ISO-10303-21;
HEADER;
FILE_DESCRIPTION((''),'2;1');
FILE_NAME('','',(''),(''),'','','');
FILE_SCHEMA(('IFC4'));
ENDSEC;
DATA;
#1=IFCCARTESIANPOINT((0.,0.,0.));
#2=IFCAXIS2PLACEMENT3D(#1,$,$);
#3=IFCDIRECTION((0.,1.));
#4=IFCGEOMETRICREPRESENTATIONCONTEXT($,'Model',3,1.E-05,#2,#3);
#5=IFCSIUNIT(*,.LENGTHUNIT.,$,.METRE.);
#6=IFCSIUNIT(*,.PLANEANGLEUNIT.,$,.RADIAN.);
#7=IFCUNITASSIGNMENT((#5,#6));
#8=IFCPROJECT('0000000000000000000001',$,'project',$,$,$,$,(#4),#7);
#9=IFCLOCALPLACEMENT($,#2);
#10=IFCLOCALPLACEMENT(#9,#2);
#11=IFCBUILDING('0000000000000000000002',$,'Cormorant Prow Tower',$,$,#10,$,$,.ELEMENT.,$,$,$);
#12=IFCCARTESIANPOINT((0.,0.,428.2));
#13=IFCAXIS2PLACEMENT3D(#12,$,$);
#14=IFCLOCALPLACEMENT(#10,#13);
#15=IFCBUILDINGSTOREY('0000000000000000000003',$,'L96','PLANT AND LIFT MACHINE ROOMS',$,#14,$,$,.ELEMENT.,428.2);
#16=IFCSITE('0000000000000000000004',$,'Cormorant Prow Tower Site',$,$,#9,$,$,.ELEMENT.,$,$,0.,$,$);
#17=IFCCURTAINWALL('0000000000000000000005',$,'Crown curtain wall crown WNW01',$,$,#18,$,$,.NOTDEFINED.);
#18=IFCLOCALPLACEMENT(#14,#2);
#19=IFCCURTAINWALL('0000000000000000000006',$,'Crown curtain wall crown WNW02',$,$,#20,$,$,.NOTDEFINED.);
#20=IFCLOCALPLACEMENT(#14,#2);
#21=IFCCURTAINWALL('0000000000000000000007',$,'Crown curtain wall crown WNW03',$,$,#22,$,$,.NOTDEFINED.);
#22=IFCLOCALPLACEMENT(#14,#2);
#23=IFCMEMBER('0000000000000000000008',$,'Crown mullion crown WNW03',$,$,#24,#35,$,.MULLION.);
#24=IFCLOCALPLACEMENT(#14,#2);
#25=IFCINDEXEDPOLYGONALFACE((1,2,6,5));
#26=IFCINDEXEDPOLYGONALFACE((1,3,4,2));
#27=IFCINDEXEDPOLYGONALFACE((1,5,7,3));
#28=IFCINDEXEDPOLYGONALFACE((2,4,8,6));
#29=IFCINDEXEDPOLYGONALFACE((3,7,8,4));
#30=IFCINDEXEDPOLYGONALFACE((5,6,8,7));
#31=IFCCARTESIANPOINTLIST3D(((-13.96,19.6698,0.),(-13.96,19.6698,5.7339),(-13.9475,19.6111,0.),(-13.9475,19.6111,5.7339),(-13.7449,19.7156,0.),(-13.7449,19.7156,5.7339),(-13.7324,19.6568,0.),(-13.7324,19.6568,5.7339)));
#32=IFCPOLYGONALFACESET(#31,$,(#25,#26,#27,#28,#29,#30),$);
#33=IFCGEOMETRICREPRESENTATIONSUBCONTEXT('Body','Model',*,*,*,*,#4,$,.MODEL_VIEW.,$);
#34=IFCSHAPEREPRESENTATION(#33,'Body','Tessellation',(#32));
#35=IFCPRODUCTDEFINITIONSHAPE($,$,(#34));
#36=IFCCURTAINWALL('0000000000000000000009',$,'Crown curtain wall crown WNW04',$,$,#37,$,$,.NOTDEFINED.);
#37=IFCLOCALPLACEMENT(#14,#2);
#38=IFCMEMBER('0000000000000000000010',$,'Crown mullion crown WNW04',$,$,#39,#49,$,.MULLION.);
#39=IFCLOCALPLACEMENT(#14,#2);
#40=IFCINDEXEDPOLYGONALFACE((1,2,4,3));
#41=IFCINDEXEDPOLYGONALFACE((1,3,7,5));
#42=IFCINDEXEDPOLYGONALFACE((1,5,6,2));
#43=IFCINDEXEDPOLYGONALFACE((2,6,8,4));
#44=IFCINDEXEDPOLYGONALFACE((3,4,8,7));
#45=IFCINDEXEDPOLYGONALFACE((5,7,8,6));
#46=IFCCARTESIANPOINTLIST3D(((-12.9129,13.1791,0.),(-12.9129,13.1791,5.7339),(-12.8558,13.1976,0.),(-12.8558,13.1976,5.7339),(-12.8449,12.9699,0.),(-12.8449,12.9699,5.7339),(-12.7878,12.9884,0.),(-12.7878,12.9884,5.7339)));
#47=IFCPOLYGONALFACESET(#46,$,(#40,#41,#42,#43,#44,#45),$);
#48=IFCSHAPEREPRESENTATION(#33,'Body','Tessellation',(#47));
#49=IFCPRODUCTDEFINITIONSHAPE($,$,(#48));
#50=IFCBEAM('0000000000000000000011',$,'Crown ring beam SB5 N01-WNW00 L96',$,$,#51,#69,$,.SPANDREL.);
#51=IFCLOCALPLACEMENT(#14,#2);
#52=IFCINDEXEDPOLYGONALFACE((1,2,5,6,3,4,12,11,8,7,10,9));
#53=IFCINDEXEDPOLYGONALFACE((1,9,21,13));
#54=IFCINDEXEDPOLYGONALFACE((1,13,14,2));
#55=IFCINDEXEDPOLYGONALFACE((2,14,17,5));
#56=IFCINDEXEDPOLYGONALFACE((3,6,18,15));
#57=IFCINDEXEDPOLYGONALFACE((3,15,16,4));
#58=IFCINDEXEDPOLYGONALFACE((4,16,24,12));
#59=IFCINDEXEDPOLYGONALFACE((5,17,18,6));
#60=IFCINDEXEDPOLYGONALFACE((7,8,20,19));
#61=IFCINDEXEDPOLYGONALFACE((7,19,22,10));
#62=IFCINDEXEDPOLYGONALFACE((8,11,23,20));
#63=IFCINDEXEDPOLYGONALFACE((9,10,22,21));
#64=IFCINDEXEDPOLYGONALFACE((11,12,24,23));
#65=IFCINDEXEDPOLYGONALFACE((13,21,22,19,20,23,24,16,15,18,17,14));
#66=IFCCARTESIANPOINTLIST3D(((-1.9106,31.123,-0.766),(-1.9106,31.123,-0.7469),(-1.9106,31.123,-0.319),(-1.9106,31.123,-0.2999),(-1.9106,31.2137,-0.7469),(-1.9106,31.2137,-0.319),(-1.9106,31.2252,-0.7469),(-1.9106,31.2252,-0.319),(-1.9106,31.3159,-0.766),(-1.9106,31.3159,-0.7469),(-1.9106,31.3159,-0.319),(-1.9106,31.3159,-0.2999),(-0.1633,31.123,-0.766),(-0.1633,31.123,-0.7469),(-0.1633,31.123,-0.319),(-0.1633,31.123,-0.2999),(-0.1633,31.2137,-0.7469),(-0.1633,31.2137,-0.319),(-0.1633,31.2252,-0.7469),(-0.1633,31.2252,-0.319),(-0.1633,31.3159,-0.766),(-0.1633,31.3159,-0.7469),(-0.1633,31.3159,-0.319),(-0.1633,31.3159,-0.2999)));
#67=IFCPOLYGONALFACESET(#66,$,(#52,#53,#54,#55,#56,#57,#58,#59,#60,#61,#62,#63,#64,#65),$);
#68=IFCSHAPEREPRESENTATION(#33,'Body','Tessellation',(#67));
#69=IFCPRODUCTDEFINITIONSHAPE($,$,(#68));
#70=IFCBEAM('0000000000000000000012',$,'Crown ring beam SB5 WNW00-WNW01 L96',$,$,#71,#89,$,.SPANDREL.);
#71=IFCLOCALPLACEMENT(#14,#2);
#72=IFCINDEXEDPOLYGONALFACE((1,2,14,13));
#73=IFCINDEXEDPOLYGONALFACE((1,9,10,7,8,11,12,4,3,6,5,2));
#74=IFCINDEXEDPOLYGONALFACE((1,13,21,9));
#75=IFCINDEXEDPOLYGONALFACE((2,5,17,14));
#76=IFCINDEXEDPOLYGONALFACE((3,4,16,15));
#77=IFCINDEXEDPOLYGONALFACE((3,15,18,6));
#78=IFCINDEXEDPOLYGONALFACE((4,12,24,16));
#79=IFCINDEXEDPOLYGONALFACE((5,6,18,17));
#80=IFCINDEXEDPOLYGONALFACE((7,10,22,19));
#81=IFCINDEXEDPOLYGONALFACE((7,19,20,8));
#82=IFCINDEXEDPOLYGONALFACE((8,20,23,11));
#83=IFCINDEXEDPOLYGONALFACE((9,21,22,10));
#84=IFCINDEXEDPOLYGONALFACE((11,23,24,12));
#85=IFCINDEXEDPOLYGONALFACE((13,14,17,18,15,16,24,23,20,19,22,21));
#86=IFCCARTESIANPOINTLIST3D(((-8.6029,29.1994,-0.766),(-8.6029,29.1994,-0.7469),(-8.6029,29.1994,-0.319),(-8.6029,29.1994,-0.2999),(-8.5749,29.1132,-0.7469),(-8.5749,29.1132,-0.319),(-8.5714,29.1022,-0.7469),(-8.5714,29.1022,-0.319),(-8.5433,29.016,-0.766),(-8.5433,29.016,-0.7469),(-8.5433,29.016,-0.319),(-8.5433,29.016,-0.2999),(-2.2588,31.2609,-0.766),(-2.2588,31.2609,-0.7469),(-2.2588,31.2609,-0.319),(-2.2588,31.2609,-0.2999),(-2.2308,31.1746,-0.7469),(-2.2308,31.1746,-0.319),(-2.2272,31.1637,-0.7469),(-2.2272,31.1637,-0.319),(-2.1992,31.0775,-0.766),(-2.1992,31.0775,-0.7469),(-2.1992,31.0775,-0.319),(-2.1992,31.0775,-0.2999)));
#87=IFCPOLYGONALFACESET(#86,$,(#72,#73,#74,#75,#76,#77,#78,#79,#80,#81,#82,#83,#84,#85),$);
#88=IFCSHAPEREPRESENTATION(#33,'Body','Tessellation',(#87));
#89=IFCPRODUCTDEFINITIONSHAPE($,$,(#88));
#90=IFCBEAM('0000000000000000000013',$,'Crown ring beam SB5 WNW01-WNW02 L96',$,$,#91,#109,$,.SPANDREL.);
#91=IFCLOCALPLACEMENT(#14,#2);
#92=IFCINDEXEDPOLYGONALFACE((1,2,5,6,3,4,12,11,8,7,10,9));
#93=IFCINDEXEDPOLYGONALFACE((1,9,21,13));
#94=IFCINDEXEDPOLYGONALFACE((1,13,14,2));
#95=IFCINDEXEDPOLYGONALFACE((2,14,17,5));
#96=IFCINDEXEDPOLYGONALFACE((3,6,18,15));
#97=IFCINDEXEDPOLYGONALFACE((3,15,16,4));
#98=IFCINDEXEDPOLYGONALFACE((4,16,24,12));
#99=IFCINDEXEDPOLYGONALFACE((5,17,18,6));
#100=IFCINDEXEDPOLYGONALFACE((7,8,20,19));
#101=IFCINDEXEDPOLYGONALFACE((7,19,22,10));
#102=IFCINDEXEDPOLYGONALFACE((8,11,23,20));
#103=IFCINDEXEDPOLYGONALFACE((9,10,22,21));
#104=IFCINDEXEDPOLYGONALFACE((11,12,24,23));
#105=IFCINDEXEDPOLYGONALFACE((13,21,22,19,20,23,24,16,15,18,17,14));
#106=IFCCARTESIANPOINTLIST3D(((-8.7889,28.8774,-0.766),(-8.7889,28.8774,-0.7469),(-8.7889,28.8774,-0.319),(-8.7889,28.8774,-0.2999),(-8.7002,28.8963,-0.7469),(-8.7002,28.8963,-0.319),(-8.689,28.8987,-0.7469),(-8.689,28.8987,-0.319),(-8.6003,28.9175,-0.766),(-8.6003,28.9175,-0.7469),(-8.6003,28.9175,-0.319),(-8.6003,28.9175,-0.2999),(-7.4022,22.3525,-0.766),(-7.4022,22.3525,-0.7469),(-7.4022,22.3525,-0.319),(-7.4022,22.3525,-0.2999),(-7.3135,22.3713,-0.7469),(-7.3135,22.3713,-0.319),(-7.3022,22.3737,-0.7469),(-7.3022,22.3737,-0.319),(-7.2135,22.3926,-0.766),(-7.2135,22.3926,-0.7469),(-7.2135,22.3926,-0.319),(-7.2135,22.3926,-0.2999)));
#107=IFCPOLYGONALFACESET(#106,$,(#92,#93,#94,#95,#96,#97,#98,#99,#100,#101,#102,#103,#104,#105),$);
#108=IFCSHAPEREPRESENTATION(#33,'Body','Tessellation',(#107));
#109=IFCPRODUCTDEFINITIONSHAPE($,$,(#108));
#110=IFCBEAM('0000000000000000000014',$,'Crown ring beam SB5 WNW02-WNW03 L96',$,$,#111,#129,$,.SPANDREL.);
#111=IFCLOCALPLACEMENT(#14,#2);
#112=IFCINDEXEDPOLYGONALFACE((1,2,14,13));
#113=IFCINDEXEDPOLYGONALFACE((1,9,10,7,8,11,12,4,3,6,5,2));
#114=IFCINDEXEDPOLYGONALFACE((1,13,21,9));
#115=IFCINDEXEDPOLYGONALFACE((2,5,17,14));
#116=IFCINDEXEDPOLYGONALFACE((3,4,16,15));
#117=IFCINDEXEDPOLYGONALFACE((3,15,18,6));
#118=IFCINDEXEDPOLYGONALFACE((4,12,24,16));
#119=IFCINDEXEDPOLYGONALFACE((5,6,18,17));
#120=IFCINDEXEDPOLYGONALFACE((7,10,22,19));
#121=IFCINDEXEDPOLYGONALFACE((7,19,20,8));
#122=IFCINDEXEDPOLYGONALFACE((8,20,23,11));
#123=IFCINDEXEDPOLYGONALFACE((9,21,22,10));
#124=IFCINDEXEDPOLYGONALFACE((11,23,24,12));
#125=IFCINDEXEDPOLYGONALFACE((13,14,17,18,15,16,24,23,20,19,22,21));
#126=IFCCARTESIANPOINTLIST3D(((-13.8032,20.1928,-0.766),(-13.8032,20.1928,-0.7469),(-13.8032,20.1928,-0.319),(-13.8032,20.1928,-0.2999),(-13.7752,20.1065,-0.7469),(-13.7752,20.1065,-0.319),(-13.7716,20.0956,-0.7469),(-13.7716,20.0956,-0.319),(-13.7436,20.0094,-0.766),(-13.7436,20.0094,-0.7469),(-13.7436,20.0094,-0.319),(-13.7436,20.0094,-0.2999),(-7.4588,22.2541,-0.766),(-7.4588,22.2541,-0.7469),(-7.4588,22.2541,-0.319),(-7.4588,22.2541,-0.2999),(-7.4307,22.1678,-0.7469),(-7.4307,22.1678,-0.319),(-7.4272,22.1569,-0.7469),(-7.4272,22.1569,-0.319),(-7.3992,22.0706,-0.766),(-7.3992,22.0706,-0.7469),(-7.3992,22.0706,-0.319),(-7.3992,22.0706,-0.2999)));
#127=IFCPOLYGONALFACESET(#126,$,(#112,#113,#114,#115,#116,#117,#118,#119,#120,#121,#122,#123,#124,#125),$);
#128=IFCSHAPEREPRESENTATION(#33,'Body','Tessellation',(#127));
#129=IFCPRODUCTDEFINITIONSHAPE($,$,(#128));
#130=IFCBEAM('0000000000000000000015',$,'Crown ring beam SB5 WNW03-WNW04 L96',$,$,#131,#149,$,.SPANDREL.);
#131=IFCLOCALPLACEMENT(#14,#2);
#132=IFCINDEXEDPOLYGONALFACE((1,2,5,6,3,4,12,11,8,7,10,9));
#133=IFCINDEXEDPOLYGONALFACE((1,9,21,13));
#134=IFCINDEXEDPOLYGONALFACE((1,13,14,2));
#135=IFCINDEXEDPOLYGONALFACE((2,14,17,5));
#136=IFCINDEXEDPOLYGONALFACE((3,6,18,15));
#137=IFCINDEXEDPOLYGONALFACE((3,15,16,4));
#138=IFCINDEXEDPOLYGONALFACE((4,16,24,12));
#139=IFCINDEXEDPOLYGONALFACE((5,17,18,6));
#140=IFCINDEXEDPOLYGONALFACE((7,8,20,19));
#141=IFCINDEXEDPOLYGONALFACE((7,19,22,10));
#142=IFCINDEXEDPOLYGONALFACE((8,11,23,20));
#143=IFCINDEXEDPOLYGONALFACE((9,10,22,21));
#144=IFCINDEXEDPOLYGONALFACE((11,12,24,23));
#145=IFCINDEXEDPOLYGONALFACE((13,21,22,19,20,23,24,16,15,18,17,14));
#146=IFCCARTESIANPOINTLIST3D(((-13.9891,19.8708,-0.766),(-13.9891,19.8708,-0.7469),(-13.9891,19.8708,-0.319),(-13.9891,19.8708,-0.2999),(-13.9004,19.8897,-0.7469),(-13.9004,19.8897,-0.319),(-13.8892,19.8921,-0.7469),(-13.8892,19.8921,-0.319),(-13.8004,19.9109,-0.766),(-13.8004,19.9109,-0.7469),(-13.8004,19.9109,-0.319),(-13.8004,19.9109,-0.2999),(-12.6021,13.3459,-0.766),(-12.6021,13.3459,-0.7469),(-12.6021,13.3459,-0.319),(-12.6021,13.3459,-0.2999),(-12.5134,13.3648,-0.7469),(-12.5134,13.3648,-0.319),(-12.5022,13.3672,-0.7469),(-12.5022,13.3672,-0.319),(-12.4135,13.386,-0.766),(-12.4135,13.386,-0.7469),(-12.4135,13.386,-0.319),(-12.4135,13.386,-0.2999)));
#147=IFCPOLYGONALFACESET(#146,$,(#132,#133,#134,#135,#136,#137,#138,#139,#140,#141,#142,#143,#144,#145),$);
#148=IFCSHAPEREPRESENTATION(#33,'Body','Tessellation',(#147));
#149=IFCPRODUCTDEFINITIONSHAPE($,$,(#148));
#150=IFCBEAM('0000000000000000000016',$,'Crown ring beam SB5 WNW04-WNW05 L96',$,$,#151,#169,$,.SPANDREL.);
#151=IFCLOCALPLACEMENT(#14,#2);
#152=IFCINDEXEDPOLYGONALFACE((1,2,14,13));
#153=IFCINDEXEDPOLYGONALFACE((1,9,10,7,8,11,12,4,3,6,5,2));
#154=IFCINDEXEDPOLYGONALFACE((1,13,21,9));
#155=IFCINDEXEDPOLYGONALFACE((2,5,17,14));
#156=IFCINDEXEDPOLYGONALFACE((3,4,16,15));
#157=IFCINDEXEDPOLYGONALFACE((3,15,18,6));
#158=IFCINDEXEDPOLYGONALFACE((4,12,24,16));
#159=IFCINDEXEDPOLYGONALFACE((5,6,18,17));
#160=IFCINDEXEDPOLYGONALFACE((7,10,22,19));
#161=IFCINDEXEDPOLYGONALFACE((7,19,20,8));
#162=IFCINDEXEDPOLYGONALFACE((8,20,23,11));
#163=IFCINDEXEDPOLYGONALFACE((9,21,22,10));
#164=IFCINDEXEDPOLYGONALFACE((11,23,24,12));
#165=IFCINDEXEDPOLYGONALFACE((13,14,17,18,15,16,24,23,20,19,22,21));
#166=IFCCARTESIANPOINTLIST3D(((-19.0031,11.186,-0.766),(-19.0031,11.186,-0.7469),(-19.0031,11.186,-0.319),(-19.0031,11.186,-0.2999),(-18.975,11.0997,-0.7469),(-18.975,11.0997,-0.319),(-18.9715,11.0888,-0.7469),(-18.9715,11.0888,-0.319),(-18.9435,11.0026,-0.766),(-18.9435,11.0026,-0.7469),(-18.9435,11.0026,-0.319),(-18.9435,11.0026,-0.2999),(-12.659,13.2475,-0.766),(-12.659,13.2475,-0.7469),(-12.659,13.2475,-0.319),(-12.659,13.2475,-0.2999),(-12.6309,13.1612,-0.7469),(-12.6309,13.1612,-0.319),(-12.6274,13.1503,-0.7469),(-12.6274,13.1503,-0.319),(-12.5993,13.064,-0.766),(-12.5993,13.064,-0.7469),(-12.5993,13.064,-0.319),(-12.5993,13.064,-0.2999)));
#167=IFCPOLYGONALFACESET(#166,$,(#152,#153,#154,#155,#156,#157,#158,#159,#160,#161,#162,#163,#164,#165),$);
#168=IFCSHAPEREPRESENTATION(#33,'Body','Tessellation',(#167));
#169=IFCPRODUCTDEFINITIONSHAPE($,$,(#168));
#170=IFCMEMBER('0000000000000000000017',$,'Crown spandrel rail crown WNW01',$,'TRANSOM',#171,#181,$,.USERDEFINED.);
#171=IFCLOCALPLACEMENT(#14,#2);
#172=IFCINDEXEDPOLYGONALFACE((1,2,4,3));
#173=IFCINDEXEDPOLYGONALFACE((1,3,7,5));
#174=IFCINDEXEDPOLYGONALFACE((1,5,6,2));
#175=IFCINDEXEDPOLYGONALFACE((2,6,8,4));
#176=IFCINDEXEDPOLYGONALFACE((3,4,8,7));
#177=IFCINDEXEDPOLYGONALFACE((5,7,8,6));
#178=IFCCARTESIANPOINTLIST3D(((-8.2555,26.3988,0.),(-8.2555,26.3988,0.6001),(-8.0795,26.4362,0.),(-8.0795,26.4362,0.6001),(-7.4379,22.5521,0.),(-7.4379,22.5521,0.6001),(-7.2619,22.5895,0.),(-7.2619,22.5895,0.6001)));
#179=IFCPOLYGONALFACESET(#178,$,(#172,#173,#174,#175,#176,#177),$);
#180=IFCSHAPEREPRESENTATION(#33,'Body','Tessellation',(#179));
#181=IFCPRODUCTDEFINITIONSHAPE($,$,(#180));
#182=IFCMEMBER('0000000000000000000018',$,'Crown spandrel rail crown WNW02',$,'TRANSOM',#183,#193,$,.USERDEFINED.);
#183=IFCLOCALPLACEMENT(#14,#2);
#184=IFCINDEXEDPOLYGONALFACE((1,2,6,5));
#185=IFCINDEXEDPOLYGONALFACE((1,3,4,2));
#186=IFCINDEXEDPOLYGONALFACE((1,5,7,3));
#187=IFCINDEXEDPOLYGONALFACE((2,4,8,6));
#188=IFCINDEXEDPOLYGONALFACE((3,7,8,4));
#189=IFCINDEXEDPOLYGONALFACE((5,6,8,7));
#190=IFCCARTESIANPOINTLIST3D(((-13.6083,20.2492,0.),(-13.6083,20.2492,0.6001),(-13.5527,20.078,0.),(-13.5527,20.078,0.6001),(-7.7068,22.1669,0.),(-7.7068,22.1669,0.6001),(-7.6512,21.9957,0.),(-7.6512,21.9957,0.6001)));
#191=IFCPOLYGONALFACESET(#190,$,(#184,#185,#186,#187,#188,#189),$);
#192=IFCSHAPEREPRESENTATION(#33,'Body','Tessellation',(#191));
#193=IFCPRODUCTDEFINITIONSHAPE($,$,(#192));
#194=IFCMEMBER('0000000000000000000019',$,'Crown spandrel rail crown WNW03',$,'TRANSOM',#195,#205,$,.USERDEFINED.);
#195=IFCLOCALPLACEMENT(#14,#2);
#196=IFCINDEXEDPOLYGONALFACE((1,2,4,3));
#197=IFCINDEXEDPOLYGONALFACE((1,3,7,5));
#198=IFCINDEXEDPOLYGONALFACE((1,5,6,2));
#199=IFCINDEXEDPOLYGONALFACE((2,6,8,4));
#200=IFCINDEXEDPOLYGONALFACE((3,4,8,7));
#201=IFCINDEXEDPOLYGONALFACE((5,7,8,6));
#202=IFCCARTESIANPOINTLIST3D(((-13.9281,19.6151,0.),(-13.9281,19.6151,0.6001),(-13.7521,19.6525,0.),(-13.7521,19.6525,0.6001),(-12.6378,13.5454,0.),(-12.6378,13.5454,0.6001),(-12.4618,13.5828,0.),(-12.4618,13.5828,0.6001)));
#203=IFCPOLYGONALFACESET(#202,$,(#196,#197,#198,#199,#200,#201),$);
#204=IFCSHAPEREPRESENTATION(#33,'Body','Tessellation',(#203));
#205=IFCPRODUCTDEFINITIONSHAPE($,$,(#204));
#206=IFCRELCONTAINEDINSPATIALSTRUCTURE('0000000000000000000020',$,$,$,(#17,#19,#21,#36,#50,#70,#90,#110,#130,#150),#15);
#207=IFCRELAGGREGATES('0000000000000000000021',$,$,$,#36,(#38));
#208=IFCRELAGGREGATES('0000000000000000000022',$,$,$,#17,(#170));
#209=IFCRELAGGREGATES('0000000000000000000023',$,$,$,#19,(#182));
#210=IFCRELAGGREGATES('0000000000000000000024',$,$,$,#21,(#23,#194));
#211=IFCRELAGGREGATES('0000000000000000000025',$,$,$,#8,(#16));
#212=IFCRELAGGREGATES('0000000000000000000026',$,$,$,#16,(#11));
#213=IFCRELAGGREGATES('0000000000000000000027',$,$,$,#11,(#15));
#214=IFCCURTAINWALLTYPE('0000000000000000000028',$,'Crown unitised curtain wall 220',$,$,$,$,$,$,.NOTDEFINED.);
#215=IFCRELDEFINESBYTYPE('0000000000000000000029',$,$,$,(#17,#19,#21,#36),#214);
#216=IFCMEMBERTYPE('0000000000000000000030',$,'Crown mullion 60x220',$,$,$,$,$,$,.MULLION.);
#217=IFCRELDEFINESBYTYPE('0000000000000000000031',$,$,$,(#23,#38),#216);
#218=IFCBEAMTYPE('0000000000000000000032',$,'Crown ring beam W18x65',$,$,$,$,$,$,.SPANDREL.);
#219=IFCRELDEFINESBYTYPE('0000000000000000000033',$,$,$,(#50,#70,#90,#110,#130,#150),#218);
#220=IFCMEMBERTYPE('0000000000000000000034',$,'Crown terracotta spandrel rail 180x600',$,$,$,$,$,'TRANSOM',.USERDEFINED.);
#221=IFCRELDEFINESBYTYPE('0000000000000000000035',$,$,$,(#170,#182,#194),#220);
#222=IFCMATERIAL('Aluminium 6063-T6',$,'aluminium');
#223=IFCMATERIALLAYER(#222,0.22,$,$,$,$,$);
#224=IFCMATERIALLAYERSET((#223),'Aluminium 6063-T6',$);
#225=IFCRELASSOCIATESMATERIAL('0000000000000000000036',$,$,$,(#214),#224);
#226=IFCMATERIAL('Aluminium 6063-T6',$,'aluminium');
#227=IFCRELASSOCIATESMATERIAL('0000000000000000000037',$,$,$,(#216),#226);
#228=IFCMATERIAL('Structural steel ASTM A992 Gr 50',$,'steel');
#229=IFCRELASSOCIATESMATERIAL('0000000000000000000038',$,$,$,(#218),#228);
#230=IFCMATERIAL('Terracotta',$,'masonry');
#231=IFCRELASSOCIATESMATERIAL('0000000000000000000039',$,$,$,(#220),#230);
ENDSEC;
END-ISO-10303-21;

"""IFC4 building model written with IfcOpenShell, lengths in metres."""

from ifc_helpers import new_model, si_unit, direction, frame, origin, origin_2d, place, context, subcontext, project, spatial, rectangle, i_section, extrude, material, layer, layer_set, material_profile, profile_set, type_object, element, aggregate, save


model = new_model("IFC4")

# Units and contexts
model_context = context("Model", 3, precision=1e-05, world=origin(), true_north=direction((0.0, 1.0)))
body_context = subcontext(model_context, "Body", "Model", "MODEL_VIEW")
ifc_project = project(units=[si_unit("LENGTHUNIT", "METRE"), si_unit("PLANEANGLEUNIT", "RADIAN")], contexts=[model_context])

# Site, building, storey
site_placement = place(None, origin())
site = spatial("IfcSite", under=ifc_project, at=site_placement, Name="Cormorant Prow Tower Site", CompositionType="ELEMENT", RefElevation=0.0)
building_placement = place(site_placement, origin())
building = spatial("IfcBuilding", under=site, at=building_placement, Name="Cormorant Prow Tower", CompositionType="ELEMENT")
storey_placement = place(building_placement, frame((0.0, 0.0, 428.2)))
storey = spatial("IfcBuildingStorey", under=building, at=storey_placement, Name="L96", Description="PLANT AND LIFT MACHINE ROOMS", CompositionType="ELEMENT", Elevation=428.2)

# Curtain walls, members
ifc_material_1 = material(Name="Aluminium 6063-T6", Category="aluminium")
ifc_layer_1 = layer(ifc_material_1, 0.22)
ifc_layer_set_1 = layer_set([ifc_layer_1], Name="Aluminium 6063-T6")
curtain_wall_type = type_object("IfcCurtainWallType", Name="Crown unitised curtain wall 220", PredefinedType="NOTDEFINED", material=ifc_layer_set_1)
curtain_wall_1_placement = place(storey_placement, origin())
curtain_wall_1 = element("IfcCurtainWall", 1, at=curtain_wall_1_placement, inside=storey, type_object=curtain_wall_type, Name="Crown curtain wall crown WNW01", PredefinedType="NOTDEFINED")
ifc_material_2 = material(Name="Aluminium 6063-T6", Category="aluminium")
ifc_material_profile_1 = material_profile(ifc_material_2, rectangle(XDim=0.22, YDim=0.0601, at=origin_2d()), Name="Crown mullion 60x220")
ifc_profile_set_1 = profile_set([ifc_material_profile_1], Name="Aluminium 6063-T6")
member_type_1 = type_object("IfcMemberType", Name="Crown mullion 60x220", PredefinedType="MULLION", material=ifc_profile_set_1)
curtain_wall_2_placement = place(storey_placement, origin())
curtain_wall_2 = element("IfcCurtainWall", 2, at=curtain_wall_2_placement, inside=storey, type_object=curtain_wall_type, Name="Crown curtain wall crown WNW02", PredefinedType="NOTDEFINED")
curtain_wall_3_placement = place(storey_placement, origin())
curtain_wall_3 = element("IfcCurtainWall", 3, at=curtain_wall_3_placement, inside=storey, type_object=curtain_wall_type, Name="Crown curtain wall crown WNW03", PredefinedType="NOTDEFINED")
member_1_placement = place(storey_placement, frame((-13.8462, 19.6633, 0.0), z_axis=(0.0, 0.0, 1.0), x_axis=(0.978148, 0.207912, 0.0)))
member_1 = element("IfcMember", 4, at=member_1_placement, type_object=member_type_1, Name="Crown mullion crown WNW03", PredefinedType="MULLION", context=body_context, shape_type="SweptSolid", body=[
    extrude(rectangle(XDim=0.22, YDim=0.0601, at=origin_2d()), origin(), (0.0, 0.0, 1.0), 5.7339),
])
curtain_wall_4_placement = place(storey_placement, origin())
curtain_wall_4 = element("IfcCurtainWall", 5, at=curtain_wall_4_placement, inside=storey, type_object=curtain_wall_type, Name="Crown curtain wall crown WNW04", PredefinedType="NOTDEFINED")
member_2_placement = place(storey_placement, frame((-12.8503, 13.0837, 0.0), z_axis=(0.0, 0.0, 1.0), x_axis=(0.309017, -0.951056, 0.0)))
member_2 = element("IfcMember", 6, at=member_2_placement, type_object=member_type_1, Name="Crown mullion crown WNW04", PredefinedType="MULLION", context=body_context, shape_type="SweptSolid", body=[
    extrude(rectangle(XDim=0.22, YDim=0.0601, at=origin_2d()), origin(), (0.0, 0.0, 1.0), 5.7339),
])

# Beams
ifc_material_3 = material(Name="Structural steel ASTM A992 Gr 50", Category="steel")
ifc_material_profile_2 = material_profile(ifc_material_3, i_section(OverallWidth=0.1929, OverallDepth=0.4661, WebThickness=0.0115, FlangeThickness=0.019, at=origin_2d()), Name="W18x65")
ifc_profile_set_2 = profile_set([ifc_material_profile_2], Name="Structural steel ASTM A992 Gr 50")
beam_type = type_object("IfcBeamType", Name="Crown ring beam W18x65", PredefinedType="SPANDREL", material=ifc_profile_set_2)
beam_1_placement = place(storey_placement, frame((-0.1633, 31.2195, -0.533), z_axis=(-1.0, 0.0, 0.0), x_axis=(0.0, -1.0, 0.0)))
element("IfcBeam", 7, at=beam_1_placement, inside=storey, type_object=beam_type, Name="Crown ring beam SB5 N01-WNW00 L96", PredefinedType="SPANDREL", context=body_context, shape_type="SweptSolid", body=[
    extrude(i_section(OverallWidth=0.1929, OverallDepth=0.4661, WebThickness=0.0115, FlangeThickness=0.019, at=origin_2d()), origin(), (0.0, 0.0, 1.0), 1.7473),
])
for number, where, z_axis, x_axis, name in (
    (8, (-2.229, 31.1692, -0.533), (-0.95105, -0.309038, 0.0), (0.309038, -0.95105, 0.0), "Crown ring beam SB5 WNW00-WNW01 L96"),
    (9, (-8.6946, 28.8975, -0.533), (0.207884, -0.978153, 0.0), (0.978153, 0.207884, 0.0), "Crown ring beam SB5 WNW01-WNW02 L96"),
):
    element("IfcBeam", number, at=place(storey_placement, frame(where, z_axis=z_axis, x_axis=x_axis)), inside=storey, type_object=beam_type, Name=name, PredefinedType="SPANDREL", context=body_context, shape_type="SweptSolid", body=[
        extrude(i_section(OverallWidth=0.1929, OverallDepth=0.4661, WebThickness=0.0115, FlangeThickness=0.019, at=origin_2d()), origin(), (0.0, 0.0, 1.0), 6.6707),
    ])
beam_2_placement = place(storey_placement, frame((-7.429, 22.1624, -0.533), z_axis=(-0.951064, -0.308994, 0.0), x_axis=(0.308994, -0.951064, 0.0)))
element("IfcBeam", 10, at=beam_2_placement, inside=storey, type_object=beam_type, Name="Crown ring beam SB5 WNW02-WNW03 L96", PredefinedType="SPANDREL", context=body_context, shape_type="SweptSolid", body=[
    extrude(i_section(OverallWidth=0.1929, OverallDepth=0.4661, WebThickness=0.0115, FlangeThickness=0.019, at=origin_2d()), origin(), (0.0, 0.0, 1.0), 6.6709),
])
for number, where, z_axis, x_axis, name in (
    (11, (-13.8948, 19.8909, -0.533), (0.207919, -0.978146, 0.0), (0.978146, 0.207919, 0.0), "Crown ring beam SB5 WNW03-WNW04 L96"),
    (12, (-12.6292, 13.1558, -0.533), (-0.95105, -0.309038, 0.0), (0.309038, -0.95105, 0.0), "Crown ring beam SB5 WNW04-WNW05 L96"),
):
    element("IfcBeam", number, at=place(storey_placement, frame(where, z_axis=z_axis, x_axis=x_axis)), inside=storey, type_object=beam_type, Name=name, PredefinedType="SPANDREL", context=body_context, shape_type="SweptSolid", body=[
        extrude(i_section(OverallWidth=0.1929, OverallDepth=0.4661, WebThickness=0.0115, FlangeThickness=0.019, at=origin_2d()), origin(), (0.0, 0.0, 1.0), 6.6707),
    ])

# Members
ifc_material_4 = material(Name="Terracotta", Category="masonry")
ifc_material_profile_3 = material_profile(ifc_material_4, rectangle(XDim=0.1799, YDim=0.6001, at=origin_2d()), Name="Crown terracotta spandrel rail 180x600")
ifc_profile_set_3 = profile_set([ifc_material_profile_3], Name="Terracotta")
member_type_2 = type_object("IfcMemberType", Name="Crown terracotta spandrel rail 180x600", ElementType="TRANSOM", PredefinedType="USERDEFINED", material=ifc_profile_set_3)
member_3_placement = place(storey_placement, frame((-8.1675, 26.4175, 0.3), z_axis=(0.207909, -0.978148, 0.0), x_axis=(0.978148, 0.207909, 0.0)))
member_3 = element("IfcMember", 13, at=member_3_placement, type_object=member_type_2, Name="Crown spandrel rail crown WNW01", ObjectType="TRANSOM", PredefinedType="USERDEFINED", context=body_context, shape_type="SweptSolid", body=[
    extrude(rectangle(XDim=0.1799, YDim=0.6001, at=origin_2d()), origin(), (0.0, 0.0, 1.0), 3.9326),
])
member_4_placement = place(storey_placement, frame((-7.679, 22.0813, 0.3), z_axis=(-0.951048, -0.309042, 0.0), x_axis=(0.309042, -0.951048, 0.0)))
member_4 = element("IfcMember", 14, at=member_4_placement, type_object=member_type_2, Name="Crown spandrel rail crown WNW02", ObjectType="TRANSOM", PredefinedType="USERDEFINED", context=body_context, shape_type="SweptSolid", body=[
    extrude(rectangle(XDim=0.1799, YDim=0.6001, at=origin_2d()), origin(), (0.0, 0.0, 1.0), 6.2053),
])
member_5_placement = place(storey_placement, frame((-13.8401, 19.6338, 0.3), z_axis=(0.207935, -0.978143, 0.0), x_axis=(0.978143, 0.207935, 0.0)))
member_5 = element("IfcMember", 15, at=member_5_placement, type_object=member_type_2, Name="Crown spandrel rail crown WNW03", ObjectType="TRANSOM", PredefinedType="USERDEFINED", context=body_context, shape_type="SweptSolid", body=[
    extrude(rectangle(XDim=0.1799, YDim=0.6001, at=origin_2d()), origin(), (0.0, 0.0, 1.0), 6.2053),
])
aggregate(curtain_wall_4, [member_2])

aggregate(curtain_wall_1, [member_3])
aggregate(curtain_wall_2, [member_4])
aggregate(curtain_wall_3, [member_1, member_5])

save(model, "model.ifc")
